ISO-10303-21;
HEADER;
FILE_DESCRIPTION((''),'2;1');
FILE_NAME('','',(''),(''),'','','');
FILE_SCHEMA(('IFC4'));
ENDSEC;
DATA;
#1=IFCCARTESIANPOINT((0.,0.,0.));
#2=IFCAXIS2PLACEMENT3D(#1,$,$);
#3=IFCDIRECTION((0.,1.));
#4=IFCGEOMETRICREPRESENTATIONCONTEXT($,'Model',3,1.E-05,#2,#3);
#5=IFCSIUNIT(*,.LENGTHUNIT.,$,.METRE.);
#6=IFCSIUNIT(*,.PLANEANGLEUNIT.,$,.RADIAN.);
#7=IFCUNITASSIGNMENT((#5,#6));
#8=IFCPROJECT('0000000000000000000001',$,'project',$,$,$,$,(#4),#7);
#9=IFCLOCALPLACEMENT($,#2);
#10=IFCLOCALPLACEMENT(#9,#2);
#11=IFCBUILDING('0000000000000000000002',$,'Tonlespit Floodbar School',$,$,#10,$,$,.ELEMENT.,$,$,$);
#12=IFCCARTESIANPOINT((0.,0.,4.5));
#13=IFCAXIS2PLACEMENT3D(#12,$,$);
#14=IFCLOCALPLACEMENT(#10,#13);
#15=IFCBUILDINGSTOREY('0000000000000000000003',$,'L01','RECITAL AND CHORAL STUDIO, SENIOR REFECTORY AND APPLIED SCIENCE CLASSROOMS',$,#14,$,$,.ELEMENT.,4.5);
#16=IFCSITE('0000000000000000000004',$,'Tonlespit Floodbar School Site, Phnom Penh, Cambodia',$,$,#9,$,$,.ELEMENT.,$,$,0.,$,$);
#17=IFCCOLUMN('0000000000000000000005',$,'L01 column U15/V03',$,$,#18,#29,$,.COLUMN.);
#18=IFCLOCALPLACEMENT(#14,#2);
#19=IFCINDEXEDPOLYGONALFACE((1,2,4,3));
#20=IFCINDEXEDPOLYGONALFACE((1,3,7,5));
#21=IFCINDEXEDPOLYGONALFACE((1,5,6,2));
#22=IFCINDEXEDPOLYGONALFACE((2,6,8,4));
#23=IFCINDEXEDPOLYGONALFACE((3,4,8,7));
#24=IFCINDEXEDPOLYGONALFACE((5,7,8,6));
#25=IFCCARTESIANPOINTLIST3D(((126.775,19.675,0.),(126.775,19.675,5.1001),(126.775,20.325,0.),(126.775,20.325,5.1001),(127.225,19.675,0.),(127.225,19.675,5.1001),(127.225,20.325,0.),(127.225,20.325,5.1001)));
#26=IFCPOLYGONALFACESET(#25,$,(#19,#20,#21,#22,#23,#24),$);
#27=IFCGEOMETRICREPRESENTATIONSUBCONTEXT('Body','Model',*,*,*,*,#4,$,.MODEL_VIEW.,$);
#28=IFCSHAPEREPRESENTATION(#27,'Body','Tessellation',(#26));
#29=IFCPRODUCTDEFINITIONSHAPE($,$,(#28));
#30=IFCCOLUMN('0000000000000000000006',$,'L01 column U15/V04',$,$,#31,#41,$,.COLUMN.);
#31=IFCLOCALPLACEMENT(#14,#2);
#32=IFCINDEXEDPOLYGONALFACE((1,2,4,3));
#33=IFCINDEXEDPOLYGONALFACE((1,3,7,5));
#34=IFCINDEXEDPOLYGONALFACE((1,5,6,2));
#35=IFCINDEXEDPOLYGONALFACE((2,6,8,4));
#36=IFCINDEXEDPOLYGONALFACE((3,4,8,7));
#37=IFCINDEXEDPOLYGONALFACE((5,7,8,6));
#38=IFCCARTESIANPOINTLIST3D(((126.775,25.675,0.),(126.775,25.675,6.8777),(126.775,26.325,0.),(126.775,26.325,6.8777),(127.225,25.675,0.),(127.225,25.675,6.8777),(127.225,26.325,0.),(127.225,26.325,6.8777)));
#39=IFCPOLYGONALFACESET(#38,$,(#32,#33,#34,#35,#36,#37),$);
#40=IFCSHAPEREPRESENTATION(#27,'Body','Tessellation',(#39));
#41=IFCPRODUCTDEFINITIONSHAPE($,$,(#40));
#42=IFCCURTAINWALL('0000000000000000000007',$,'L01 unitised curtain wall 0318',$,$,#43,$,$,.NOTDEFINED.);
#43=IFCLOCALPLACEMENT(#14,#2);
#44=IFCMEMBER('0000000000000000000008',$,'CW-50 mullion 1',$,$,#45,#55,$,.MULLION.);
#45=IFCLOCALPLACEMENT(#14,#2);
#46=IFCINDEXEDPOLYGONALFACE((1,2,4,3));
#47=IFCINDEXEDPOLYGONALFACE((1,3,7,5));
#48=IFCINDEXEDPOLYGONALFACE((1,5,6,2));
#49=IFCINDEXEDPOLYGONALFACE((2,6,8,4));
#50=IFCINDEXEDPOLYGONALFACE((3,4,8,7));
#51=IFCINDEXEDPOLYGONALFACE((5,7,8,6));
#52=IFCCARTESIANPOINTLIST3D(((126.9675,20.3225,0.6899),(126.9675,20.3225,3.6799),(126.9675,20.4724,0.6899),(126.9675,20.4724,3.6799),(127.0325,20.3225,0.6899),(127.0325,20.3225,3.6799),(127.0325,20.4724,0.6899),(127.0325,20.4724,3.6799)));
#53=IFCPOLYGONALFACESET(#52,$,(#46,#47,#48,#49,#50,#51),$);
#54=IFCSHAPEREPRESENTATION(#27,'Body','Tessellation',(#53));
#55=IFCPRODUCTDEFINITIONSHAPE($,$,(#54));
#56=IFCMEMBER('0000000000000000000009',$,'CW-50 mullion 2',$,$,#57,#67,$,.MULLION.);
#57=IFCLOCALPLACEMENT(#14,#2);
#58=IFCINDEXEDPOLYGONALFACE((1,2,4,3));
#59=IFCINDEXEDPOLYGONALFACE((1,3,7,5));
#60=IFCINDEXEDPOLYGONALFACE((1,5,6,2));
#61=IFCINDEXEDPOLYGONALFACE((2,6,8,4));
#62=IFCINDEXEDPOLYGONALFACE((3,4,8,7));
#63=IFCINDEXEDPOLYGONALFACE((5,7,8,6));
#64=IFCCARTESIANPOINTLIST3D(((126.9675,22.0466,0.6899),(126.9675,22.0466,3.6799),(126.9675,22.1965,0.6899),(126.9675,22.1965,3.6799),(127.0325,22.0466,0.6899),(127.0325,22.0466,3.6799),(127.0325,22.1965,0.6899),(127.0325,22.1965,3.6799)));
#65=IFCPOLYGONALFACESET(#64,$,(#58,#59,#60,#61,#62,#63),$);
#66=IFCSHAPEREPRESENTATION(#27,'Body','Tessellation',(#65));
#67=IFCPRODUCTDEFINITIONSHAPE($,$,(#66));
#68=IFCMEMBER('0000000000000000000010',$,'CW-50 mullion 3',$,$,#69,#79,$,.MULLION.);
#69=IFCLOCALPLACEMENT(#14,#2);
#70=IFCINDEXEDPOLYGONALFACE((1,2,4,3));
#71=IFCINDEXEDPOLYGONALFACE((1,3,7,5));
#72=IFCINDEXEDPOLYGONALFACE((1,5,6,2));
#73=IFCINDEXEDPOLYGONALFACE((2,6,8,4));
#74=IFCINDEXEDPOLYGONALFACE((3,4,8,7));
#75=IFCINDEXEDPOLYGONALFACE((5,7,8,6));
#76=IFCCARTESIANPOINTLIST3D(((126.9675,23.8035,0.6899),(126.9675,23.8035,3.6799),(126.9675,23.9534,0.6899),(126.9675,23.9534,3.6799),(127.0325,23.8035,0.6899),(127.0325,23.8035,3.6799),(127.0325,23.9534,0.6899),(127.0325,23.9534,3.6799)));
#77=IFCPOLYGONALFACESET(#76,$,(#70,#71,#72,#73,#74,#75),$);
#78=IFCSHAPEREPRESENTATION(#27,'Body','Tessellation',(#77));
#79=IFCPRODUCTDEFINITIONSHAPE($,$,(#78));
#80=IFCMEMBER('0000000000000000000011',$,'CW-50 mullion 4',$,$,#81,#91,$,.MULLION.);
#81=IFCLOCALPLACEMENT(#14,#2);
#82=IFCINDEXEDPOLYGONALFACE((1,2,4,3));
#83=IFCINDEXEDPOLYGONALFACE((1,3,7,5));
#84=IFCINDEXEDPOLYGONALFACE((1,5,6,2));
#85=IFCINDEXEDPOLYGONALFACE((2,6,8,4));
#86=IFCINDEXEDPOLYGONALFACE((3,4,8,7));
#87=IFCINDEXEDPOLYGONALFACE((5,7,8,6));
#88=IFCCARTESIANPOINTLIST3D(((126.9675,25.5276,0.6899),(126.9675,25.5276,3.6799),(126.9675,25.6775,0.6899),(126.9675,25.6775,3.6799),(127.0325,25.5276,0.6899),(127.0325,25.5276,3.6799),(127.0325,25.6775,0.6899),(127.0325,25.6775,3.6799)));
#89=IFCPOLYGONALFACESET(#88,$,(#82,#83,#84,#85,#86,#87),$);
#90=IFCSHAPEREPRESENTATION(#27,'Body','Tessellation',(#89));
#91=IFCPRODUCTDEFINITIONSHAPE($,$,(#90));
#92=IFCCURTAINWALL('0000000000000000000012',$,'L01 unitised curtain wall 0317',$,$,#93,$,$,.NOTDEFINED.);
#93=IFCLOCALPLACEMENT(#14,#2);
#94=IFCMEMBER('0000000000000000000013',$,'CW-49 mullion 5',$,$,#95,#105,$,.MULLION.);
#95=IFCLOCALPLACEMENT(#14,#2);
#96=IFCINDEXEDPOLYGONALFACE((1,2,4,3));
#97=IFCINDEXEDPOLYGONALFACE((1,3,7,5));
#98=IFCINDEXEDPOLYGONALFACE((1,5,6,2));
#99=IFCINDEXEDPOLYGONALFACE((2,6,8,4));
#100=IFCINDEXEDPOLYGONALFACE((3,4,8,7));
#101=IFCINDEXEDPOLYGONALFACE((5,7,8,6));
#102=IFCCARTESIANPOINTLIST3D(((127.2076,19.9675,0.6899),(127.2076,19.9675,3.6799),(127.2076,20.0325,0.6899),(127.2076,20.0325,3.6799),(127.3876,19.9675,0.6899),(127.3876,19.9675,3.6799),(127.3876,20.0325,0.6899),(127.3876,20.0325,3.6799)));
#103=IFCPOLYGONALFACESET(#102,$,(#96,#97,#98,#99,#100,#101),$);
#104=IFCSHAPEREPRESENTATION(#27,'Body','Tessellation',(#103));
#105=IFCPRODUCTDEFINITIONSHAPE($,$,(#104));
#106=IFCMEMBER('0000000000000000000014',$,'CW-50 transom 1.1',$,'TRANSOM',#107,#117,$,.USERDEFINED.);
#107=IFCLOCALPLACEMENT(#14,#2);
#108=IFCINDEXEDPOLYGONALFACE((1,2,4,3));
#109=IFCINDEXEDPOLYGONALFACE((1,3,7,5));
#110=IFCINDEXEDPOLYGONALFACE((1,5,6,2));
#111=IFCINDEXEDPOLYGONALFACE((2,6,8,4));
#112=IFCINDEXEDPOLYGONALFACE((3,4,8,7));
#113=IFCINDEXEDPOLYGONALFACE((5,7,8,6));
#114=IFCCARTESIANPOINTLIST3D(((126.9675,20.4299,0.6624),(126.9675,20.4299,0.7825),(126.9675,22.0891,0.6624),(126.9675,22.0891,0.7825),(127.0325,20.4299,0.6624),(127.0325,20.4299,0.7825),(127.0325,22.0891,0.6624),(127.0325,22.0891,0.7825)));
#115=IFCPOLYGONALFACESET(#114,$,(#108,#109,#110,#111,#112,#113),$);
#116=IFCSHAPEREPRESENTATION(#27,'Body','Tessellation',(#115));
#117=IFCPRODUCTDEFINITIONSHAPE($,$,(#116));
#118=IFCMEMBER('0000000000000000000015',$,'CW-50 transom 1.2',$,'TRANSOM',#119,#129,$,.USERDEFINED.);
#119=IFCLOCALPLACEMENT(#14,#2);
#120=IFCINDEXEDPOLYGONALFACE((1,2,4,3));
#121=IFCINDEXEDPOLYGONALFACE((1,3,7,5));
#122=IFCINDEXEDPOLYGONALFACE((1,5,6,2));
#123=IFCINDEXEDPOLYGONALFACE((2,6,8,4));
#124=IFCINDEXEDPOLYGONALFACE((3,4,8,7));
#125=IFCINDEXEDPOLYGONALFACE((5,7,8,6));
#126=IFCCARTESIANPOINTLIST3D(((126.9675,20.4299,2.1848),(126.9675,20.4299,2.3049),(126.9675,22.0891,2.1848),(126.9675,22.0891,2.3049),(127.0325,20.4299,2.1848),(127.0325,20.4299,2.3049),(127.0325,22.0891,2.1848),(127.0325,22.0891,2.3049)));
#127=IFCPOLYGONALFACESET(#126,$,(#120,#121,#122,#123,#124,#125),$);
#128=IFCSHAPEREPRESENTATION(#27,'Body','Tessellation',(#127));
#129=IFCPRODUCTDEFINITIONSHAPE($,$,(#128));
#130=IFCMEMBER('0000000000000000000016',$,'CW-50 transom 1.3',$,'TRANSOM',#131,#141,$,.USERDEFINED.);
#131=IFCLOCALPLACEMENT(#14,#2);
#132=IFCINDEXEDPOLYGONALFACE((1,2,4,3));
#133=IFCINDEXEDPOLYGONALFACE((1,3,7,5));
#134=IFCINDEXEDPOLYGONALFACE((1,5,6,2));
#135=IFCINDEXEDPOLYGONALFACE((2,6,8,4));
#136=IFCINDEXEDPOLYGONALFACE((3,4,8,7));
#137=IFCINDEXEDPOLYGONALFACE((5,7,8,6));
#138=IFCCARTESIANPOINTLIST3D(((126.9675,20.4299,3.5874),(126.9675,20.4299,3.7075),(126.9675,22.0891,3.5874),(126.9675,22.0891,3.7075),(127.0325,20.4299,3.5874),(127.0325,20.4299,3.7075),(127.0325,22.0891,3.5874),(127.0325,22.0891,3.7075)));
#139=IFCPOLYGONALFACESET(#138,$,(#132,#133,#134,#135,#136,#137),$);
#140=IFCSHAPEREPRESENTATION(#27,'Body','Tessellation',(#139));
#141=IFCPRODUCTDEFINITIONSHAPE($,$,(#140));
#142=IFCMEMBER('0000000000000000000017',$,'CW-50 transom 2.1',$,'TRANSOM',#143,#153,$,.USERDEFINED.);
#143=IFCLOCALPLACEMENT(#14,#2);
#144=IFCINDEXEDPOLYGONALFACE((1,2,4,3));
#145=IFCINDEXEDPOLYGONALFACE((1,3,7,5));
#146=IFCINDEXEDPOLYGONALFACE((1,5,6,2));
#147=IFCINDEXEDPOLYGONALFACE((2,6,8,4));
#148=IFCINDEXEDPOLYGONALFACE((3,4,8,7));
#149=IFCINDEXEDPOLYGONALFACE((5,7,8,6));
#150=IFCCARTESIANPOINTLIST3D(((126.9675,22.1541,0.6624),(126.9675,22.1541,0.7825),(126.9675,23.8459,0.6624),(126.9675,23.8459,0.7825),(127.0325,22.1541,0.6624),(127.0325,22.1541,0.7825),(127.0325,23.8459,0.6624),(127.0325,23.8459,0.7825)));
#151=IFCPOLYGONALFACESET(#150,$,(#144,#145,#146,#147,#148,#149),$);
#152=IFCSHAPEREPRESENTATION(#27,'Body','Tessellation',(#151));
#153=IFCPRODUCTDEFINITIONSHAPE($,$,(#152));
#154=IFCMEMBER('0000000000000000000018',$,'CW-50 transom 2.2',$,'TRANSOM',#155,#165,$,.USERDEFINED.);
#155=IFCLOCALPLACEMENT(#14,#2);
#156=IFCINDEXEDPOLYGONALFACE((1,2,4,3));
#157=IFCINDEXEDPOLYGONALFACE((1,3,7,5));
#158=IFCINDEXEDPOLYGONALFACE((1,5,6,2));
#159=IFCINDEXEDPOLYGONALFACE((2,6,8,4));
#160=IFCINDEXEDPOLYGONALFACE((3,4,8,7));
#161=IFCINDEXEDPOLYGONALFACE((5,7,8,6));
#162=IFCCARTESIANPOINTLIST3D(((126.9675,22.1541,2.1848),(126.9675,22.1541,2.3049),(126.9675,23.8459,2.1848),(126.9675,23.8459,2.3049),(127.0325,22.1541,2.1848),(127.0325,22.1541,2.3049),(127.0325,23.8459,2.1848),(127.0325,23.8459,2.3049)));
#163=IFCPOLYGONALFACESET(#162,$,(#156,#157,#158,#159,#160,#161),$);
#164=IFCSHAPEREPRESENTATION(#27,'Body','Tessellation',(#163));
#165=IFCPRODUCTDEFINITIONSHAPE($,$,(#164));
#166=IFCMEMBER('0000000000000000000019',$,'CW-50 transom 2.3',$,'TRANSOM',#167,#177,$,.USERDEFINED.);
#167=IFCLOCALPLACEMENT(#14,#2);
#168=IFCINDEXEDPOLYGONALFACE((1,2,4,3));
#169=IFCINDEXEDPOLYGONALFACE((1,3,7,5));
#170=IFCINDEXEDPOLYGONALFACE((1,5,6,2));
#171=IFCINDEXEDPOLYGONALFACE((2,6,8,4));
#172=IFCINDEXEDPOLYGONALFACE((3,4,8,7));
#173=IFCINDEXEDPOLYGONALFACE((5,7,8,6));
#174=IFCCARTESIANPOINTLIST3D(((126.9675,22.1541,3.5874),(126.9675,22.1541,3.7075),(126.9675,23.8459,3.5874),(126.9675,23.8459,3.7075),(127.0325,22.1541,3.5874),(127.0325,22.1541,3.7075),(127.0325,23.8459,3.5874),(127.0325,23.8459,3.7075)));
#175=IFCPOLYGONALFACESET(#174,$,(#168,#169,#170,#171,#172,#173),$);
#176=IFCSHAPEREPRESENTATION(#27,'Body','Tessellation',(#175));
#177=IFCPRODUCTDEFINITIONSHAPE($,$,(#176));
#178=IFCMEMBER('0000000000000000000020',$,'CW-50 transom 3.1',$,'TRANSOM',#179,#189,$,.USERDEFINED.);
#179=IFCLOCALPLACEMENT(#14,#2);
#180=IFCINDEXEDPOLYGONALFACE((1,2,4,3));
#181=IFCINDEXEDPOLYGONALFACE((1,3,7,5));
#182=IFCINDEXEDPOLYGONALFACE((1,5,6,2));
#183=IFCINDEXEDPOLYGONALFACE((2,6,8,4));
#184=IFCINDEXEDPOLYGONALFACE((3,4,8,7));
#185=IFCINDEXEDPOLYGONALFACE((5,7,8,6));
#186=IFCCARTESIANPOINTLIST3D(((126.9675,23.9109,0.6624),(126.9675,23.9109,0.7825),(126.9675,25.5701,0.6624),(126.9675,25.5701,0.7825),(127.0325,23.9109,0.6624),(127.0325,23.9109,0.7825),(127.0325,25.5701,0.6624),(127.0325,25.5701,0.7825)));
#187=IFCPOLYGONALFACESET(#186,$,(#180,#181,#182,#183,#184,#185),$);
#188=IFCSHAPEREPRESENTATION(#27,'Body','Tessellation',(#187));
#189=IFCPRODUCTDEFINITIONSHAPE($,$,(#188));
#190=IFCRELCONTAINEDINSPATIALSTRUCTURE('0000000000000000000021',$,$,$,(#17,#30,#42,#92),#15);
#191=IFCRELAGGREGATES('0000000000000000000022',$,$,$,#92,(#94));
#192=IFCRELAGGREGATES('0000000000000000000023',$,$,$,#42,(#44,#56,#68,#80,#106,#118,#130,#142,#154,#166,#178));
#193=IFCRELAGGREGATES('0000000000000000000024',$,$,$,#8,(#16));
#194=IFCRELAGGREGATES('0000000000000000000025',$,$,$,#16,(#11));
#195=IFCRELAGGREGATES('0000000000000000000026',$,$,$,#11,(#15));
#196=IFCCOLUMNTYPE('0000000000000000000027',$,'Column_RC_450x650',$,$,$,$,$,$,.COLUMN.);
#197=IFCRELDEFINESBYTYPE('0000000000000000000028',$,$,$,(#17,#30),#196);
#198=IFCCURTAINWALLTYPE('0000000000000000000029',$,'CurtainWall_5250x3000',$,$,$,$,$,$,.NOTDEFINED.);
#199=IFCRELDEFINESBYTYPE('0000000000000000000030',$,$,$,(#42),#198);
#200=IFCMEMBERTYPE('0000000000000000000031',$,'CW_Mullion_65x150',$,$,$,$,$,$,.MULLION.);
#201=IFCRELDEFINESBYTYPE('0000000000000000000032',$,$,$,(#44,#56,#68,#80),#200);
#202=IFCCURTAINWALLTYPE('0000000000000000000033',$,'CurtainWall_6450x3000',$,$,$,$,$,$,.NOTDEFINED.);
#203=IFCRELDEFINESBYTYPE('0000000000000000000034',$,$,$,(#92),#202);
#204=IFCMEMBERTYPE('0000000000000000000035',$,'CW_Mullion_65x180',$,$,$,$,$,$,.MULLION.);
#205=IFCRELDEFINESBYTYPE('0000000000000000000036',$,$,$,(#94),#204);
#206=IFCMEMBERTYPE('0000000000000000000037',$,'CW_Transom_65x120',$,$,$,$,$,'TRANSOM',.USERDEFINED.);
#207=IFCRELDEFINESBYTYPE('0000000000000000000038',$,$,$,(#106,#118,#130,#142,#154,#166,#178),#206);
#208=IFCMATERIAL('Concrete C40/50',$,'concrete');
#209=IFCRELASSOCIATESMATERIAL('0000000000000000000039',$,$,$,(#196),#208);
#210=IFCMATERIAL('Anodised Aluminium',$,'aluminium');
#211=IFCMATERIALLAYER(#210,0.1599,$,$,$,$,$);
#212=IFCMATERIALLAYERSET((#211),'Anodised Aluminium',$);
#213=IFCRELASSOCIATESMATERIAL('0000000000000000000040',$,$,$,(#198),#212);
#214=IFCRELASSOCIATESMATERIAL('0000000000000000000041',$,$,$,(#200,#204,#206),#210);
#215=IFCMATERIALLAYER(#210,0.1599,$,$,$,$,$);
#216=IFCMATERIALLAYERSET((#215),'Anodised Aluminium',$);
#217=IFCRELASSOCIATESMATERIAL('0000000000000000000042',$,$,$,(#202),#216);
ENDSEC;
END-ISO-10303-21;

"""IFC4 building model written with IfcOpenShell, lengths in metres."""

from ifc_helpers import new_model, si_unit, direction, frame, origin, origin_2d, place, context, subcontext, project, spatial, rectangle, extrude, material, layer, layer_set, material_profile, profile_set, type_object, element, aggregate, save


model = new_model("IFC4")

# Units and contexts
model_context = context("Model", 3, precision=1e-05, world=origin(), true_north=direction((0.0, 1.0)))
body_context = subcontext(model_context, "Body", "Model", "MODEL_VIEW")
ifc_project = project(units=[si_unit("LENGTHUNIT", "METRE"), si_unit("PLANEANGLEUNIT", "RADIAN")], contexts=[model_context])

# Site, building, storey
site_placement = place(None, origin())
site = spatial("IfcSite", under=ifc_project, at=site_placement, Name="Tonlespit Floodbar School Site, Phnom Penh, Cambodia", CompositionType="ELEMENT", RefElevation=0.0)
building_placement = place(site_placement, origin())
building = spatial("IfcBuilding", under=site, at=building_placement, Name="Tonlespit Floodbar School", CompositionType="ELEMENT")
storey_placement = place(building_placement, frame((0.0, 0.0, 4.5)))
storey = spatial("IfcBuildingStorey", under=building, at=storey_placement, Name="L01", Description="RECITAL AND CHORAL STUDIO, SENIOR REFECTORY AND APPLIED SCIENCE CLASSROOMS", CompositionType="ELEMENT", Elevation=4.5)

# Columns
ifc_material_1 = material(Name="Concrete C40/50", Category="concrete")
ifc_material_profile_1 = material_profile(ifc_material_1, rectangle(XDim=0.45, YDim=0.6499, at=origin_2d()), Name="RC 450x650")
ifc_profile_set_1 = profile_set([ifc_material_profile_1], Name="Concrete C40/50")
column_type = type_object("IfcColumnType", Name="Column_RC_450x650", PredefinedType="COLUMN", material=ifc_profile_set_1)
column_1_placement = place(storey_placement, frame((127.0, 20.0, 0.0), z_axis=(0.0, 0.0, 1.0), x_axis=(1.0, 0.0, 0.0)))
element("IfcColumn", 1, at=column_1_placement, inside=storey, type_object=column_type, Name="L01 column U15/V03", PredefinedType="COLUMN", context=body_context, shape_type="SweptSolid", body=[
    extrude(rectangle(XDim=0.45, YDim=0.6499, at=origin_2d()), origin(), (0.0, 0.0, 1.0), 5.1001),
])
column_2_placement = place(storey_placement, frame((127.0, 26.0, 0.0), z_axis=(0.0, 0.0, 1.0), x_axis=(1.0, 0.0, 0.0)))
element("IfcColumn", 2, at=column_2_placement, inside=storey, type_object=column_type, Name="L01 column U15/V04", PredefinedType="COLUMN", context=body_context, shape_type="SweptSolid", body=[
    extrude(rectangle(XDim=0.45, YDim=0.6499, at=origin_2d()), origin(), (0.0, 0.0, 1.0), 6.8777),
])

# Curtain wall, members
ifc_material_2 = material(Name="Anodised Aluminium", Category="aluminium")
ifc_layer_1 = layer(ifc_material_2, 0.1599)
ifc_layer_set_1 = layer_set([ifc_layer_1], Name="Anodised Aluminium")
curtain_wall_type_1 = type_object("IfcCurtainWallType", Name="CurtainWall_5250x3000", PredefinedType="NOTDEFINED", material=ifc_layer_set_1)
curtain_wall_1_placement = place(storey_placement, origin())
curtain_wall_1 = element("IfcCurtainWall", 3, at=curtain_wall_1_placement, inside=storey, type_object=curtain_wall_type_1, Name="L01 unitised curtain wall 0318", PredefinedType="NOTDEFINED")
ifc_material_profile_2 = material_profile(ifc_material_2, rectangle(XDim=0.0649, YDim=0.1499, at=origin_2d()), Name="ALU M65x150")
ifc_profile_set_2 = profile_set([ifc_material_profile_2], Name="Anodised Aluminium")
member_type_1 = type_object("IfcMemberType", Name="CW_Mullion_65x150", PredefinedType="MULLION", material=ifc_profile_set_2)
member_1_placement = place(storey_placement, frame((127.0, 20.3975, 0.6899), z_axis=(0.0, 0.0, 1.0), x_axis=(-1.0, 0.0, 0.0)))
member_1 = element("IfcMember", 4, at=member_1_placement, type_object=member_type_1, Name="CW-50 mullion 1", PredefinedType="MULLION", context=body_context, shape_type="SweptSolid", body=[
    extrude(rectangle(XDim=0.0649, YDim=0.1499, at=origin_2d()), origin(), (0.0, 0.0, 1.0), 2.99),
])
member_2_placement = place(storey_placement, frame((127.0, 22.1216, 0.6899), z_axis=(0.0, 0.0, 1.0), x_axis=(-1.0, 0.0, 0.0)))
member_2 = element("IfcMember", 5, at=member_2_placement, type_object=member_type_1, Name="CW-50 mullion 2", PredefinedType="MULLION", context=body_context, shape_type="SweptSolid", body=[
    extrude(rectangle(XDim=0.0649, YDim=0.1499, at=origin_2d()), origin(), (0.0, 0.0, 1.0), 2.99),
])
member_3_placement = place(storey_placement, frame((127.0, 23.8784, 0.6899), z_axis=(0.0, 0.0, 1.0), x_axis=(-1.0, 0.0, 0.0)))
member_3 = element("IfcMember", 6, at=member_3_placement, type_object=member_type_1, Name="CW-50 mullion 3", PredefinedType="MULLION", context=body_context, shape_type="SweptSolid", body=[
    extrude(rectangle(XDim=0.0649, YDim=0.1499, at=origin_2d()), origin(), (0.0, 0.0, 1.0), 2.99),
])
member_4_placement = place(storey_placement, frame((127.0, 25.6025, 0.6899), z_axis=(0.0, 0.0, 1.0), x_axis=(-1.0, 0.0, 0.0)))
member_4 = element("IfcMember", 7, at=member_4_placement, type_object=member_type_1, Name="CW-50 mullion 4", PredefinedType="MULLION", context=body_context, shape_type="SweptSolid", body=[
    extrude(rectangle(XDim=0.0649, YDim=0.1499, at=origin_2d()), origin(), (0.0, 0.0, 1.0), 2.99),
])

# Curtain wall, member
ifc_layer_2 = layer(ifc_material_2, 0.1599)
ifc_layer_set_2 = layer_set([ifc_layer_2], Name="Anodised Aluminium")
curtain_wall_type_2 = type_object("IfcCurtainWallType", Name="CurtainWall_6450x3000", PredefinedType="NOTDEFINED", material=ifc_layer_set_2)
curtain_wall_2_placement = place(storey_placement, origin())
curtain_wall_2 = element("IfcCurtainWall", 8, at=curtain_wall_2_placement, inside=storey, type_object=curtain_wall_type_2, Name="L01 unitised curtain wall 0317", PredefinedType="NOTDEFINED")
ifc_material_profile_3 = material_profile(ifc_material_2, rectangle(XDim=0.0649, YDim=0.1799, at=origin_2d()), Name="ALU M65x180")
ifc_profile_set_3 = profile_set([ifc_material_profile_3], Name="Anodised Aluminium")
member_type_2 = type_object("IfcMemberType", Name="CW_Mullion_65x180", PredefinedType="MULLION", material=ifc_profile_set_3)
member_5_placement = place(storey_placement, frame((127.2976, 20.0, 0.6899), z_axis=(0.0, 0.0, 1.0), x_axis=(0.0, -1.0, 0.0)))
member_5 = element("IfcMember", 9, at=member_5_placement, type_object=member_type_2, Name="CW-49 mullion 5", PredefinedType="MULLION", context=body_context, shape_type="SweptSolid", body=[
    extrude(rectangle(XDim=0.0649, YDim=0.1799, at=origin_2d()), origin(), (0.0, 0.0, 1.0), 2.99),
])

# Members
ifc_material_profile_4 = material_profile(ifc_material_2, rectangle(XDim=0.0649, YDim=0.1201, at=origin_2d()), Name="ALU T65x120")
ifc_profile_set_4 = profile_set([ifc_material_profile_4], Name="Anodised Aluminium")
member_type_3 = type_object("IfcMemberType", Name="CW_Transom_65x120", ElementType="TRANSOM", PredefinedType="USERDEFINED", material=ifc_profile_set_4)
member_6_placement = place(storey_placement, frame((127.0, 20.4299, 0.7224), z_axis=(0.0, 1.0, 0.0), x_axis=(-1.0, 0.0, 0.0)))
member_6 = element("IfcMember", 10, at=member_6_placement, type_object=member_type_3, Name="CW-50 transom 1.1", ObjectType="TRANSOM", PredefinedType="USERDEFINED", context=body_context, shape_type="SweptSolid", body=[
    extrude(rectangle(XDim=0.0649, YDim=0.1201, at=origin_2d()), origin(), (0.0, 0.0, 1.0), 1.6592),
])
member_7_placement = place(storey_placement, frame((127.0, 20.4299, 2.2449), z_axis=(0.0, 1.0, 0.0), x_axis=(-1.0, 0.0, 0.0)))
member_7 = element("IfcMember", 11, at=member_7_placement, type_object=member_type_3, Name="CW-50 transom 1.2", ObjectType="TRANSOM", PredefinedType="USERDEFINED", context=body_context, shape_type="SweptSolid", body=[
    extrude(rectangle(XDim=0.0649, YDim=0.1201, at=origin_2d()), origin(), (0.0, 0.0, 1.0), 1.6592),
])
member_8_placement = place(storey_placement, frame((127.0, 20.4299, 3.6475), z_axis=(0.0, 1.0, 0.0), x_axis=(-1.0, 0.0, 0.0)))
member_8 = element("IfcMember", 12, at=member_8_placement, type_object=member_type_3, Name="CW-50 transom 1.3", ObjectType="TRANSOM", PredefinedType="USERDEFINED", context=body_context, shape_type="SweptSolid", body=[
    extrude(rectangle(XDim=0.0649, YDim=0.1201, at=origin_2d()), origin(), (0.0, 0.0, 1.0), 1.6592),
])
member_9_placement = place(storey_placement, frame((127.0, 22.1541, 0.7224), z_axis=(0.0, 1.0, 0.0), x_axis=(-1.0, 0.0, 0.0)))
member_9 = element("IfcMember", 13, at=member_9_placement, type_object=member_type_3, Name="CW-50 transom 2.1", ObjectType="TRANSOM", PredefinedType="USERDEFINED", context=body_context, shape_type="SweptSolid", body=[
    extrude(rectangle(XDim=0.0649, YDim=0.1201, at=origin_2d()), origin(), (0.0, 0.0, 1.0), 1.6919),
])
member_10_placement = place(storey_placement, frame((127.0, 22.1541, 2.2449), z_axis=(0.0, 1.0, 0.0), x_axis=(-1.0, 0.0, 0.0)))
member_10 = element("IfcMember", 14, at=member_10_placement, type_object=member_type_3, Name="CW-50 transom 2.2", ObjectType="TRANSOM", PredefinedType="USERDEFINED", context=body_context, shape_type="SweptSolid", body=[
    extrude(rectangle(XDim=0.0649, YDim=0.1201, at=origin_2d()), origin(), (0.0, 0.0, 1.0), 1.6919),
])
member_11_placement = place(storey_placement, frame((127.0, 22.1541, 3.6475), z_axis=(0.0, 1.0, 0.0), x_axis=(-1.0, 0.0, 0.0)))
member_11 = element("IfcMember", 15, at=member_11_placement, type_object=member_type_3, Name="CW-50 transom 2.3", ObjectType="TRANSOM", PredefinedType="USERDEFINED", context=body_context, shape_type="SweptSolid", body=[
    extrude(rectangle(XDim=0.0649, YDim=0.1201, at=origin_2d()), origin(), (0.0, 0.0, 1.0), 1.6919),
])
member_12_placement = place(storey_placement, frame((127.0, 23.9109, 0.7224), z_axis=(0.0, 1.0, 0.0), x_axis=(-1.0, 0.0, 0.0)))
member_12 = element("IfcMember", 16, at=member_12_placement, type_object=member_type_3, Name="CW-50 transom 3.1", ObjectType="TRANSOM", PredefinedType="USERDEFINED", context=body_context, shape_type="SweptSolid", body=[
    extrude(rectangle(XDim=0.0649, YDim=0.1201, at=origin_2d()), origin(), (0.0, 0.0, 1.0), 1.6592),
])

aggregate(curtain_wall_2, [member_5])
aggregate(curtain_wall_1, [member_1, member_2, member_3, member_4, member_6, member_7, member_8, member_9, member_10, member_11, member_12])

save(model, "model.ifc")
